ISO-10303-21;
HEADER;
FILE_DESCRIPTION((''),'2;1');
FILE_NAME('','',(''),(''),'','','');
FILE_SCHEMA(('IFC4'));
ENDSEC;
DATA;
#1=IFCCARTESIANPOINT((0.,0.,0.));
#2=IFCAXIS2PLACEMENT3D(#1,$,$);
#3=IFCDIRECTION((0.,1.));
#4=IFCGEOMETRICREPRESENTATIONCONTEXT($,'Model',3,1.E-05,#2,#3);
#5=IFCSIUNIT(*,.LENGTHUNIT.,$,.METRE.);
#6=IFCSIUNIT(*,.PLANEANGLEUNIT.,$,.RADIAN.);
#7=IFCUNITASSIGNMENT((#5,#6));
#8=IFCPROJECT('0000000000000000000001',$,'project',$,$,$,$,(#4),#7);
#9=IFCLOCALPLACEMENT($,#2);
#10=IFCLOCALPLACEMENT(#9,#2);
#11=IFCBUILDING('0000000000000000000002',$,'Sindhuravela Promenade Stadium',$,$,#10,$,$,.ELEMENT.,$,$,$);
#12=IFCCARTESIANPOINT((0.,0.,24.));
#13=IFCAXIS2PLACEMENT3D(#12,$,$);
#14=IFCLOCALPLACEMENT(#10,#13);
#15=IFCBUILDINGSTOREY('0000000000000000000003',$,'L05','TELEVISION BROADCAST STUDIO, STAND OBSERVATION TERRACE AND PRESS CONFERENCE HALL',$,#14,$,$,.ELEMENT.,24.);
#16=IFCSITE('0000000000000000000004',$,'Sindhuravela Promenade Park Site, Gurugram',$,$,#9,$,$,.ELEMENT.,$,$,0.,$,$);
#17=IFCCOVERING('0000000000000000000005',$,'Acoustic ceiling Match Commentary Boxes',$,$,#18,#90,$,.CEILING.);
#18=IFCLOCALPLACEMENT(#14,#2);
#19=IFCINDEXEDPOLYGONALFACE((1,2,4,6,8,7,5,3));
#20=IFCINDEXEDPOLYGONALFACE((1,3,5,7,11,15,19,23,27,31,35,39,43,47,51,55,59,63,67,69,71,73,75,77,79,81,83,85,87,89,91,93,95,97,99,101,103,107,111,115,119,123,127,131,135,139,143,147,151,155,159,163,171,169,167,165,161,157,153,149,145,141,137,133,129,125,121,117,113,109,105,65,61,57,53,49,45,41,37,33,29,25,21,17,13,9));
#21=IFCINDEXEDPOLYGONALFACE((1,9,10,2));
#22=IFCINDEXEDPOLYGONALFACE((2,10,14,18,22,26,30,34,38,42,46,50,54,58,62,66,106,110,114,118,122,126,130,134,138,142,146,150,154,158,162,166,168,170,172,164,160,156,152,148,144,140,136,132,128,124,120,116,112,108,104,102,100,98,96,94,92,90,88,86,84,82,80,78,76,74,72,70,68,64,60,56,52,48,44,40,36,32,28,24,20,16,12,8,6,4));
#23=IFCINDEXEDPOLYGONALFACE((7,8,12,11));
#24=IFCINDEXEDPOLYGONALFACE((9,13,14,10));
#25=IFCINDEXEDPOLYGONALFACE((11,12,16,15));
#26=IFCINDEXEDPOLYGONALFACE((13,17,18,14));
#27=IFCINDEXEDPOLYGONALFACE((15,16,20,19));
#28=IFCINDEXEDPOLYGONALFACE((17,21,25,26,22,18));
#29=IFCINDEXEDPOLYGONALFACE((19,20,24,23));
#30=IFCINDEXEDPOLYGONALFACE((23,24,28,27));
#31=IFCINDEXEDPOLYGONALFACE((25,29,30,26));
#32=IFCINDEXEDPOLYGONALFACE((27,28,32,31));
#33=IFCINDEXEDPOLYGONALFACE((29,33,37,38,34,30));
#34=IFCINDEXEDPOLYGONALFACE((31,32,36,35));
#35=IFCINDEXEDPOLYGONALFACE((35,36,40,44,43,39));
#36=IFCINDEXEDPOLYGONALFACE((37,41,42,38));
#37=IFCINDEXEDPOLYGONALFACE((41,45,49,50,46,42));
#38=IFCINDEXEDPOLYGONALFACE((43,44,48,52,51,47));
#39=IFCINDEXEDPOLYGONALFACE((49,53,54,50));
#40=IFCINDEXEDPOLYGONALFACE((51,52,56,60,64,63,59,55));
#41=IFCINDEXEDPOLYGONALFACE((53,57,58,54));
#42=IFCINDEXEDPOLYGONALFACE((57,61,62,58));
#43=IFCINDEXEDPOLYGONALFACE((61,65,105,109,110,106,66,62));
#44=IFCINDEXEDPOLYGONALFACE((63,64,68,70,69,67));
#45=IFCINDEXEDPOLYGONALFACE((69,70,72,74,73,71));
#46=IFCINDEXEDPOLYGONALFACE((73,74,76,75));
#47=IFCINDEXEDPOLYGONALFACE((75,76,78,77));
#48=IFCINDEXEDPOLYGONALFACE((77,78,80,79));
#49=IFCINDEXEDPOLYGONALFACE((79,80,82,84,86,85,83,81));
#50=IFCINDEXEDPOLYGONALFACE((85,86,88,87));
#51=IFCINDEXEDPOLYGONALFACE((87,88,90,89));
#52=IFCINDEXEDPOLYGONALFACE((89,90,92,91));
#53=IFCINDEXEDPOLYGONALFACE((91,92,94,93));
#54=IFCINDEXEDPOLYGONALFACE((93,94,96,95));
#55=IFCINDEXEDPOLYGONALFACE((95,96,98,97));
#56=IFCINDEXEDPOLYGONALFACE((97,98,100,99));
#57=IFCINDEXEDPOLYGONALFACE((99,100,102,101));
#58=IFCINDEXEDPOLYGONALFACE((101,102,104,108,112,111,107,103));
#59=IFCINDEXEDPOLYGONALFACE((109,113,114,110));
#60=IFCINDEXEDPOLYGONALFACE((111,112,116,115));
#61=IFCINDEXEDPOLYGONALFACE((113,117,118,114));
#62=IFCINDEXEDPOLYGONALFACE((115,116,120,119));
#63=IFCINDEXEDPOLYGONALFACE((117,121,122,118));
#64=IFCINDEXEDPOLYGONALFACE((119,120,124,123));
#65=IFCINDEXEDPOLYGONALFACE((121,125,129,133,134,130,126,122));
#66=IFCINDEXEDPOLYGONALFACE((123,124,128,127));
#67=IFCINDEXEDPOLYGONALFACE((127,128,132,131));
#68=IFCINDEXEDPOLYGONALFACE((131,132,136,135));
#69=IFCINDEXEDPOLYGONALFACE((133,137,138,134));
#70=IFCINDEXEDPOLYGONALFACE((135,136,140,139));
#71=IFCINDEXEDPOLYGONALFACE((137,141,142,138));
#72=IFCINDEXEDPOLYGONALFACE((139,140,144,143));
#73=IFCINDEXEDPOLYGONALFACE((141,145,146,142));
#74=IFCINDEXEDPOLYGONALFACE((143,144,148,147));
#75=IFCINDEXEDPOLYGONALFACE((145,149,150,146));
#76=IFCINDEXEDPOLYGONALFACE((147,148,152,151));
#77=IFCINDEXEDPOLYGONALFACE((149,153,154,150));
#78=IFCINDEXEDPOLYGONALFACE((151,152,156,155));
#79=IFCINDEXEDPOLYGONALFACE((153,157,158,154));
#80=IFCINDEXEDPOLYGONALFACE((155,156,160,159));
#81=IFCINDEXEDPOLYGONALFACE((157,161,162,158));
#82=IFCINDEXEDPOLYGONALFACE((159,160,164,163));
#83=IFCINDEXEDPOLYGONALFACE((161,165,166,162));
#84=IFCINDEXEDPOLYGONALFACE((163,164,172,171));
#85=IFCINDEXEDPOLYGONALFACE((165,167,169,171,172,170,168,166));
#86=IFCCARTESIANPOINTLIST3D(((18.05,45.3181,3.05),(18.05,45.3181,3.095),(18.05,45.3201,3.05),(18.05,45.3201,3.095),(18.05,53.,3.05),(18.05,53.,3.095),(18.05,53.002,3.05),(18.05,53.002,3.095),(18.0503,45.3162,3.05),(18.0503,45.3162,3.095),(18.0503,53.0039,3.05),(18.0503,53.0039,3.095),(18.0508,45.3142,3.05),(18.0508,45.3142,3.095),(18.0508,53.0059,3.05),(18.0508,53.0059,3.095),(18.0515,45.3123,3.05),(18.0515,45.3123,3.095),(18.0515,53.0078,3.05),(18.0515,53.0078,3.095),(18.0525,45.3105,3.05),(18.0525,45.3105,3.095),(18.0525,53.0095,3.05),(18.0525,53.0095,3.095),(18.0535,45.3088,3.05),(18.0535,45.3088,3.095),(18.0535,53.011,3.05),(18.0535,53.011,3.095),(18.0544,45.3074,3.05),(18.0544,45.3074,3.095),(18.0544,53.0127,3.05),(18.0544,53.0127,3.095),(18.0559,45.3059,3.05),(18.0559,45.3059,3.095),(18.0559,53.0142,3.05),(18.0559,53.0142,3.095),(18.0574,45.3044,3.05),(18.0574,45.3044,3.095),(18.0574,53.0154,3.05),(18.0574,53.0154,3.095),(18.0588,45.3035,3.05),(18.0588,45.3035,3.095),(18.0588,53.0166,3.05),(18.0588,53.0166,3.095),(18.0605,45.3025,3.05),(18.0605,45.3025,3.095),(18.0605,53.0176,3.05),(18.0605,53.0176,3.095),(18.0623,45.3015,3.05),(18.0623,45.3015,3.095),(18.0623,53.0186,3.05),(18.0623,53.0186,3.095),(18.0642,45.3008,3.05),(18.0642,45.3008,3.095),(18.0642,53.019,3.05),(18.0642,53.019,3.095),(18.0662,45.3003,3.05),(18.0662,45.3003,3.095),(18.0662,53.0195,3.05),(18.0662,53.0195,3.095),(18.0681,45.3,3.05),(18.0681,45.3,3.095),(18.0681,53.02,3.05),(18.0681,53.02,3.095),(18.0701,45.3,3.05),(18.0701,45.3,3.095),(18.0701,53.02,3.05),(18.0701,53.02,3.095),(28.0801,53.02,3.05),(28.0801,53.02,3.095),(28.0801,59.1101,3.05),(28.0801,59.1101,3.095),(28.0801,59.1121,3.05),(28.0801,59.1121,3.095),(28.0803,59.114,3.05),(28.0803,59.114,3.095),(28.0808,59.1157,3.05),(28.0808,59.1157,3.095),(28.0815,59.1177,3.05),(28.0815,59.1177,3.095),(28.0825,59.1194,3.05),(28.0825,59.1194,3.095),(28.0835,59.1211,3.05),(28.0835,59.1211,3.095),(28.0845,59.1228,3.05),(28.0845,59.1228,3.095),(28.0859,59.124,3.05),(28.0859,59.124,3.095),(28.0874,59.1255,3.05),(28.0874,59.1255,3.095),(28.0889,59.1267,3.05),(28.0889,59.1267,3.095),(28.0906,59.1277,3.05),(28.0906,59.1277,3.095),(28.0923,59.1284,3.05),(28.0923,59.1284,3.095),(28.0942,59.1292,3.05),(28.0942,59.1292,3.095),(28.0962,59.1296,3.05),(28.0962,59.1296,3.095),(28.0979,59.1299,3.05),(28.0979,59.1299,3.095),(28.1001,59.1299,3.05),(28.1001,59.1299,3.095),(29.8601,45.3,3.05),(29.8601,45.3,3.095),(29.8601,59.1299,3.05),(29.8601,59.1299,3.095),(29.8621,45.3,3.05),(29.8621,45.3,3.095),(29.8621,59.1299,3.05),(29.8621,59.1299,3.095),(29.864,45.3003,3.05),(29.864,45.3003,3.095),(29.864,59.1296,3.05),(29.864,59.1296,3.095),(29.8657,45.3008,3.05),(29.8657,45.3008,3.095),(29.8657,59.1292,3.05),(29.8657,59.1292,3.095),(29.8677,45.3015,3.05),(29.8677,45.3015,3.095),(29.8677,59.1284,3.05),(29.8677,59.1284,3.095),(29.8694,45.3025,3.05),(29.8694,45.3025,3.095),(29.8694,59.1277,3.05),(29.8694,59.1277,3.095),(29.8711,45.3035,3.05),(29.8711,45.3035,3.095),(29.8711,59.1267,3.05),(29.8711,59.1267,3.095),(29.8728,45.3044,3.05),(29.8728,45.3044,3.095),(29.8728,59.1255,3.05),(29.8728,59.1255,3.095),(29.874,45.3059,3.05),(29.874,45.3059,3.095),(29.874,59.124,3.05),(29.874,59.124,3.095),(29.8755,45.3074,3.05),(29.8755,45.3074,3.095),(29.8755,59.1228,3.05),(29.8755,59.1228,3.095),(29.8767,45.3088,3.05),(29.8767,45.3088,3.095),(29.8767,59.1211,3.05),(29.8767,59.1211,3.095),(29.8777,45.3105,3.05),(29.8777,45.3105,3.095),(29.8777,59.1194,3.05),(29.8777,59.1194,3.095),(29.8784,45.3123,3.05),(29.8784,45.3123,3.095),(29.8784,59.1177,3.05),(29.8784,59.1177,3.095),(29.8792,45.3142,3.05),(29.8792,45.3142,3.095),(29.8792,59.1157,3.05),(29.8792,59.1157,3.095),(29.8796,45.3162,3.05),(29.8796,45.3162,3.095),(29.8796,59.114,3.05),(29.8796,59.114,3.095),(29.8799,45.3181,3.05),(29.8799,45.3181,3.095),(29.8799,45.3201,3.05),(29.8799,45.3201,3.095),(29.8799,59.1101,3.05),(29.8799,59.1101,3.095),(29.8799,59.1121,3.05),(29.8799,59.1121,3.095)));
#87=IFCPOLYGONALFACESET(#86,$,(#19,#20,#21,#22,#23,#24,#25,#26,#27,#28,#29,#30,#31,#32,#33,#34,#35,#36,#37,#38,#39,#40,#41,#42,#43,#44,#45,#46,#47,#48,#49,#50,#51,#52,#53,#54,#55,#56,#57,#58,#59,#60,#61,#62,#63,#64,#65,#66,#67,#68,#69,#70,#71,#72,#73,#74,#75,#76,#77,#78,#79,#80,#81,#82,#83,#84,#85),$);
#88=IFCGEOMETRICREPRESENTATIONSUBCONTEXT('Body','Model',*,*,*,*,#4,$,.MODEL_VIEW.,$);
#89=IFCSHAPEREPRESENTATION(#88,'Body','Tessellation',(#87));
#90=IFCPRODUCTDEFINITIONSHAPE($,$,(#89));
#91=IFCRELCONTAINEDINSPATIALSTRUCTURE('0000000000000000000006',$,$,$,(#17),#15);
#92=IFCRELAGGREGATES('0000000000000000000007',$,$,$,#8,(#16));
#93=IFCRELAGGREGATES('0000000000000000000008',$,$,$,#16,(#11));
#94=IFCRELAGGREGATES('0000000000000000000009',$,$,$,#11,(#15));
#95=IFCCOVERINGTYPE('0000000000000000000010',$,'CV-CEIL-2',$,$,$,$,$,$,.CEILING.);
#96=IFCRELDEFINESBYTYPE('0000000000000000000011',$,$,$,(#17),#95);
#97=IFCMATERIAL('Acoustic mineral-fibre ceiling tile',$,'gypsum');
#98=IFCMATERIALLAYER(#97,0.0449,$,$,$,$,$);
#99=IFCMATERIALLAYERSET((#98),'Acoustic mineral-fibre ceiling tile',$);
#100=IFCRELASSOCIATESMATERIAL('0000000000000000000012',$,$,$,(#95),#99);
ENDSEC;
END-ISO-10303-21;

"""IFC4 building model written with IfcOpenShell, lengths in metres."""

from ifc_helpers import new_model, si_unit, direction, frame, origin, place, context, subcontext, project, spatial, polyline, outline, extrude, material, layer, layer_set, type_object, element, save


model = new_model("IFC4")

# Units and contexts
model_context = context("Model", 3, precision=1e-05, world=origin(), true_north=direction((0.0, 1.0)))
body_context = subcontext(model_context, "Body", "Model", "MODEL_VIEW")
ifc_project = project(units=[si_unit("LENGTHUNIT", "METRE"), si_unit("PLANEANGLEUNIT", "RADIAN")], contexts=[model_context])

# Site, building, storey
site_placement = place(None, origin())
site = spatial("IfcSite", under=ifc_project, at=site_placement, Name="Sindhuravela Promenade Park Site, Gurugram", CompositionType="ELEMENT", RefElevation=0.0)
building_placement = place(site_placement, origin())
building = spatial("IfcBuilding", under=site, at=building_placement, Name="Sindhuravela Promenade Stadium", CompositionType="ELEMENT")
storey_placement = place(building_placement, frame((0.0, 0.0, 24.0)))
storey = spatial("IfcBuildingStorey", under=building, at=storey_placement, Name="L05", Description="TELEVISION BROADCAST STUDIO, STAND OBSERVATION TERRACE AND PRESS CONFERENCE HALL", CompositionType="ELEMENT", Elevation=24.0)

# Covering
ifc_material_1 = material(Name="Acoustic mineral-fibre ceiling tile", Category="gypsum")
ifc_layer_1 = layer(ifc_material_1, 0.0449)
ifc_layer_set_1 = layer_set([ifc_layer_1], Name="Acoustic mineral-fibre ceiling tile")
covering_type_1 = type_object("IfcCoveringType", Name="CV-CEIL-2", PredefinedType="CEILING", material=ifc_layer_set_1)
covering_1_placement = place(storey_placement, frame((0.0, 0.0, 3.05)))
element("IfcCovering", 1, at=covering_1_placement, inside=storey, type_object=covering_type_1, Name="Acoustic ceiling Match Commentary Boxes", PredefinedType="CEILING", context=body_context, shape_type="SweptSolid", body=[
    extrude(outline(polyline([(28.0801, 53.02), (28.0801, 59.1101), (28.0801, 59.1121), (28.0803, 59.114), (28.0808, 59.1157), (28.0815, 59.1177), (28.0825, 59.1194), (28.0835, 59.1211), (28.0845, 59.1228), (28.0859, 59.124), (28.0874, 59.1255), (28.0889, 59.1267), (28.0906, 59.1277), (28.0923, 59.1284), (28.0942, 59.1292), (28.0962, 59.1296), (28.0979, 59.1299), (28.1001, 59.1299), (29.8601, 59.1299), (29.8621, 59.1299), (29.864, 59.1296), (29.8657, 59.1292), (29.8677, 59.1284), (29.8694, 59.1277), (29.8711, 59.1267), (29.8728, 59.1255), (29.874, 59.124), (29.8755, 59.1228), (29.8767, 59.1211), (29.8777, 59.1194), (29.8784, 59.1177), (29.8792, 59.1157), (29.8796, 59.114), (29.8799, 59.1121), (29.8799, 59.1101), (29.8799, 45.3201), (29.8799, 45.3181), (29.8796, 45.3162), (29.8792, 45.3142), (29.8784, 45.3123), (29.8777, 45.3105), (29.8767, 45.3088), (29.8755, 45.3074), (29.874, 45.3059), (29.8728, 45.3044), (29.8711, 45.3035), (29.8694, 45.3025), (29.8677, 45.3015), (29.8657, 45.3008), (29.864, 45.3003), (29.8621, 45.3), (29.8601, 45.3), (18.0701, 45.3), (18.0681, 45.3), (18.0662, 45.3003), (18.0642, 45.3008), (18.0623, 45.3015), (18.0605, 45.3025), (18.0588, 45.3035), (18.0574, 45.3044), (18.0559, 45.3059), (18.0544, 45.3074), (18.0535, 45.3088), (18.0525, 45.3105), (18.0515, 45.3123), (18.0508, 45.3142), (18.0503, 45.3162), (18.05, 45.3181), (18.05, 45.3201), (18.05, 53.0), (18.05, 53.002), (18.0503, 53.0039), (18.0508, 53.0059), (18.0515, 53.0078), (18.0525, 53.0095), (18.0535, 53.011), (18.0544, 53.0127), (18.0559, 53.0142), (18.0574, 53.0154), (18.0588, 53.0166), (18.0605, 53.0176), (18.0623, 53.0186), (18.0642, 53.019), (18.0662, 53.0195), (18.0681, 53.02), (18.0701, 53.02), (28.0801, 53.02)])), origin(), (0.0, 0.0, 1.0), 0.0449),
])

save(model, "model.ifc")
